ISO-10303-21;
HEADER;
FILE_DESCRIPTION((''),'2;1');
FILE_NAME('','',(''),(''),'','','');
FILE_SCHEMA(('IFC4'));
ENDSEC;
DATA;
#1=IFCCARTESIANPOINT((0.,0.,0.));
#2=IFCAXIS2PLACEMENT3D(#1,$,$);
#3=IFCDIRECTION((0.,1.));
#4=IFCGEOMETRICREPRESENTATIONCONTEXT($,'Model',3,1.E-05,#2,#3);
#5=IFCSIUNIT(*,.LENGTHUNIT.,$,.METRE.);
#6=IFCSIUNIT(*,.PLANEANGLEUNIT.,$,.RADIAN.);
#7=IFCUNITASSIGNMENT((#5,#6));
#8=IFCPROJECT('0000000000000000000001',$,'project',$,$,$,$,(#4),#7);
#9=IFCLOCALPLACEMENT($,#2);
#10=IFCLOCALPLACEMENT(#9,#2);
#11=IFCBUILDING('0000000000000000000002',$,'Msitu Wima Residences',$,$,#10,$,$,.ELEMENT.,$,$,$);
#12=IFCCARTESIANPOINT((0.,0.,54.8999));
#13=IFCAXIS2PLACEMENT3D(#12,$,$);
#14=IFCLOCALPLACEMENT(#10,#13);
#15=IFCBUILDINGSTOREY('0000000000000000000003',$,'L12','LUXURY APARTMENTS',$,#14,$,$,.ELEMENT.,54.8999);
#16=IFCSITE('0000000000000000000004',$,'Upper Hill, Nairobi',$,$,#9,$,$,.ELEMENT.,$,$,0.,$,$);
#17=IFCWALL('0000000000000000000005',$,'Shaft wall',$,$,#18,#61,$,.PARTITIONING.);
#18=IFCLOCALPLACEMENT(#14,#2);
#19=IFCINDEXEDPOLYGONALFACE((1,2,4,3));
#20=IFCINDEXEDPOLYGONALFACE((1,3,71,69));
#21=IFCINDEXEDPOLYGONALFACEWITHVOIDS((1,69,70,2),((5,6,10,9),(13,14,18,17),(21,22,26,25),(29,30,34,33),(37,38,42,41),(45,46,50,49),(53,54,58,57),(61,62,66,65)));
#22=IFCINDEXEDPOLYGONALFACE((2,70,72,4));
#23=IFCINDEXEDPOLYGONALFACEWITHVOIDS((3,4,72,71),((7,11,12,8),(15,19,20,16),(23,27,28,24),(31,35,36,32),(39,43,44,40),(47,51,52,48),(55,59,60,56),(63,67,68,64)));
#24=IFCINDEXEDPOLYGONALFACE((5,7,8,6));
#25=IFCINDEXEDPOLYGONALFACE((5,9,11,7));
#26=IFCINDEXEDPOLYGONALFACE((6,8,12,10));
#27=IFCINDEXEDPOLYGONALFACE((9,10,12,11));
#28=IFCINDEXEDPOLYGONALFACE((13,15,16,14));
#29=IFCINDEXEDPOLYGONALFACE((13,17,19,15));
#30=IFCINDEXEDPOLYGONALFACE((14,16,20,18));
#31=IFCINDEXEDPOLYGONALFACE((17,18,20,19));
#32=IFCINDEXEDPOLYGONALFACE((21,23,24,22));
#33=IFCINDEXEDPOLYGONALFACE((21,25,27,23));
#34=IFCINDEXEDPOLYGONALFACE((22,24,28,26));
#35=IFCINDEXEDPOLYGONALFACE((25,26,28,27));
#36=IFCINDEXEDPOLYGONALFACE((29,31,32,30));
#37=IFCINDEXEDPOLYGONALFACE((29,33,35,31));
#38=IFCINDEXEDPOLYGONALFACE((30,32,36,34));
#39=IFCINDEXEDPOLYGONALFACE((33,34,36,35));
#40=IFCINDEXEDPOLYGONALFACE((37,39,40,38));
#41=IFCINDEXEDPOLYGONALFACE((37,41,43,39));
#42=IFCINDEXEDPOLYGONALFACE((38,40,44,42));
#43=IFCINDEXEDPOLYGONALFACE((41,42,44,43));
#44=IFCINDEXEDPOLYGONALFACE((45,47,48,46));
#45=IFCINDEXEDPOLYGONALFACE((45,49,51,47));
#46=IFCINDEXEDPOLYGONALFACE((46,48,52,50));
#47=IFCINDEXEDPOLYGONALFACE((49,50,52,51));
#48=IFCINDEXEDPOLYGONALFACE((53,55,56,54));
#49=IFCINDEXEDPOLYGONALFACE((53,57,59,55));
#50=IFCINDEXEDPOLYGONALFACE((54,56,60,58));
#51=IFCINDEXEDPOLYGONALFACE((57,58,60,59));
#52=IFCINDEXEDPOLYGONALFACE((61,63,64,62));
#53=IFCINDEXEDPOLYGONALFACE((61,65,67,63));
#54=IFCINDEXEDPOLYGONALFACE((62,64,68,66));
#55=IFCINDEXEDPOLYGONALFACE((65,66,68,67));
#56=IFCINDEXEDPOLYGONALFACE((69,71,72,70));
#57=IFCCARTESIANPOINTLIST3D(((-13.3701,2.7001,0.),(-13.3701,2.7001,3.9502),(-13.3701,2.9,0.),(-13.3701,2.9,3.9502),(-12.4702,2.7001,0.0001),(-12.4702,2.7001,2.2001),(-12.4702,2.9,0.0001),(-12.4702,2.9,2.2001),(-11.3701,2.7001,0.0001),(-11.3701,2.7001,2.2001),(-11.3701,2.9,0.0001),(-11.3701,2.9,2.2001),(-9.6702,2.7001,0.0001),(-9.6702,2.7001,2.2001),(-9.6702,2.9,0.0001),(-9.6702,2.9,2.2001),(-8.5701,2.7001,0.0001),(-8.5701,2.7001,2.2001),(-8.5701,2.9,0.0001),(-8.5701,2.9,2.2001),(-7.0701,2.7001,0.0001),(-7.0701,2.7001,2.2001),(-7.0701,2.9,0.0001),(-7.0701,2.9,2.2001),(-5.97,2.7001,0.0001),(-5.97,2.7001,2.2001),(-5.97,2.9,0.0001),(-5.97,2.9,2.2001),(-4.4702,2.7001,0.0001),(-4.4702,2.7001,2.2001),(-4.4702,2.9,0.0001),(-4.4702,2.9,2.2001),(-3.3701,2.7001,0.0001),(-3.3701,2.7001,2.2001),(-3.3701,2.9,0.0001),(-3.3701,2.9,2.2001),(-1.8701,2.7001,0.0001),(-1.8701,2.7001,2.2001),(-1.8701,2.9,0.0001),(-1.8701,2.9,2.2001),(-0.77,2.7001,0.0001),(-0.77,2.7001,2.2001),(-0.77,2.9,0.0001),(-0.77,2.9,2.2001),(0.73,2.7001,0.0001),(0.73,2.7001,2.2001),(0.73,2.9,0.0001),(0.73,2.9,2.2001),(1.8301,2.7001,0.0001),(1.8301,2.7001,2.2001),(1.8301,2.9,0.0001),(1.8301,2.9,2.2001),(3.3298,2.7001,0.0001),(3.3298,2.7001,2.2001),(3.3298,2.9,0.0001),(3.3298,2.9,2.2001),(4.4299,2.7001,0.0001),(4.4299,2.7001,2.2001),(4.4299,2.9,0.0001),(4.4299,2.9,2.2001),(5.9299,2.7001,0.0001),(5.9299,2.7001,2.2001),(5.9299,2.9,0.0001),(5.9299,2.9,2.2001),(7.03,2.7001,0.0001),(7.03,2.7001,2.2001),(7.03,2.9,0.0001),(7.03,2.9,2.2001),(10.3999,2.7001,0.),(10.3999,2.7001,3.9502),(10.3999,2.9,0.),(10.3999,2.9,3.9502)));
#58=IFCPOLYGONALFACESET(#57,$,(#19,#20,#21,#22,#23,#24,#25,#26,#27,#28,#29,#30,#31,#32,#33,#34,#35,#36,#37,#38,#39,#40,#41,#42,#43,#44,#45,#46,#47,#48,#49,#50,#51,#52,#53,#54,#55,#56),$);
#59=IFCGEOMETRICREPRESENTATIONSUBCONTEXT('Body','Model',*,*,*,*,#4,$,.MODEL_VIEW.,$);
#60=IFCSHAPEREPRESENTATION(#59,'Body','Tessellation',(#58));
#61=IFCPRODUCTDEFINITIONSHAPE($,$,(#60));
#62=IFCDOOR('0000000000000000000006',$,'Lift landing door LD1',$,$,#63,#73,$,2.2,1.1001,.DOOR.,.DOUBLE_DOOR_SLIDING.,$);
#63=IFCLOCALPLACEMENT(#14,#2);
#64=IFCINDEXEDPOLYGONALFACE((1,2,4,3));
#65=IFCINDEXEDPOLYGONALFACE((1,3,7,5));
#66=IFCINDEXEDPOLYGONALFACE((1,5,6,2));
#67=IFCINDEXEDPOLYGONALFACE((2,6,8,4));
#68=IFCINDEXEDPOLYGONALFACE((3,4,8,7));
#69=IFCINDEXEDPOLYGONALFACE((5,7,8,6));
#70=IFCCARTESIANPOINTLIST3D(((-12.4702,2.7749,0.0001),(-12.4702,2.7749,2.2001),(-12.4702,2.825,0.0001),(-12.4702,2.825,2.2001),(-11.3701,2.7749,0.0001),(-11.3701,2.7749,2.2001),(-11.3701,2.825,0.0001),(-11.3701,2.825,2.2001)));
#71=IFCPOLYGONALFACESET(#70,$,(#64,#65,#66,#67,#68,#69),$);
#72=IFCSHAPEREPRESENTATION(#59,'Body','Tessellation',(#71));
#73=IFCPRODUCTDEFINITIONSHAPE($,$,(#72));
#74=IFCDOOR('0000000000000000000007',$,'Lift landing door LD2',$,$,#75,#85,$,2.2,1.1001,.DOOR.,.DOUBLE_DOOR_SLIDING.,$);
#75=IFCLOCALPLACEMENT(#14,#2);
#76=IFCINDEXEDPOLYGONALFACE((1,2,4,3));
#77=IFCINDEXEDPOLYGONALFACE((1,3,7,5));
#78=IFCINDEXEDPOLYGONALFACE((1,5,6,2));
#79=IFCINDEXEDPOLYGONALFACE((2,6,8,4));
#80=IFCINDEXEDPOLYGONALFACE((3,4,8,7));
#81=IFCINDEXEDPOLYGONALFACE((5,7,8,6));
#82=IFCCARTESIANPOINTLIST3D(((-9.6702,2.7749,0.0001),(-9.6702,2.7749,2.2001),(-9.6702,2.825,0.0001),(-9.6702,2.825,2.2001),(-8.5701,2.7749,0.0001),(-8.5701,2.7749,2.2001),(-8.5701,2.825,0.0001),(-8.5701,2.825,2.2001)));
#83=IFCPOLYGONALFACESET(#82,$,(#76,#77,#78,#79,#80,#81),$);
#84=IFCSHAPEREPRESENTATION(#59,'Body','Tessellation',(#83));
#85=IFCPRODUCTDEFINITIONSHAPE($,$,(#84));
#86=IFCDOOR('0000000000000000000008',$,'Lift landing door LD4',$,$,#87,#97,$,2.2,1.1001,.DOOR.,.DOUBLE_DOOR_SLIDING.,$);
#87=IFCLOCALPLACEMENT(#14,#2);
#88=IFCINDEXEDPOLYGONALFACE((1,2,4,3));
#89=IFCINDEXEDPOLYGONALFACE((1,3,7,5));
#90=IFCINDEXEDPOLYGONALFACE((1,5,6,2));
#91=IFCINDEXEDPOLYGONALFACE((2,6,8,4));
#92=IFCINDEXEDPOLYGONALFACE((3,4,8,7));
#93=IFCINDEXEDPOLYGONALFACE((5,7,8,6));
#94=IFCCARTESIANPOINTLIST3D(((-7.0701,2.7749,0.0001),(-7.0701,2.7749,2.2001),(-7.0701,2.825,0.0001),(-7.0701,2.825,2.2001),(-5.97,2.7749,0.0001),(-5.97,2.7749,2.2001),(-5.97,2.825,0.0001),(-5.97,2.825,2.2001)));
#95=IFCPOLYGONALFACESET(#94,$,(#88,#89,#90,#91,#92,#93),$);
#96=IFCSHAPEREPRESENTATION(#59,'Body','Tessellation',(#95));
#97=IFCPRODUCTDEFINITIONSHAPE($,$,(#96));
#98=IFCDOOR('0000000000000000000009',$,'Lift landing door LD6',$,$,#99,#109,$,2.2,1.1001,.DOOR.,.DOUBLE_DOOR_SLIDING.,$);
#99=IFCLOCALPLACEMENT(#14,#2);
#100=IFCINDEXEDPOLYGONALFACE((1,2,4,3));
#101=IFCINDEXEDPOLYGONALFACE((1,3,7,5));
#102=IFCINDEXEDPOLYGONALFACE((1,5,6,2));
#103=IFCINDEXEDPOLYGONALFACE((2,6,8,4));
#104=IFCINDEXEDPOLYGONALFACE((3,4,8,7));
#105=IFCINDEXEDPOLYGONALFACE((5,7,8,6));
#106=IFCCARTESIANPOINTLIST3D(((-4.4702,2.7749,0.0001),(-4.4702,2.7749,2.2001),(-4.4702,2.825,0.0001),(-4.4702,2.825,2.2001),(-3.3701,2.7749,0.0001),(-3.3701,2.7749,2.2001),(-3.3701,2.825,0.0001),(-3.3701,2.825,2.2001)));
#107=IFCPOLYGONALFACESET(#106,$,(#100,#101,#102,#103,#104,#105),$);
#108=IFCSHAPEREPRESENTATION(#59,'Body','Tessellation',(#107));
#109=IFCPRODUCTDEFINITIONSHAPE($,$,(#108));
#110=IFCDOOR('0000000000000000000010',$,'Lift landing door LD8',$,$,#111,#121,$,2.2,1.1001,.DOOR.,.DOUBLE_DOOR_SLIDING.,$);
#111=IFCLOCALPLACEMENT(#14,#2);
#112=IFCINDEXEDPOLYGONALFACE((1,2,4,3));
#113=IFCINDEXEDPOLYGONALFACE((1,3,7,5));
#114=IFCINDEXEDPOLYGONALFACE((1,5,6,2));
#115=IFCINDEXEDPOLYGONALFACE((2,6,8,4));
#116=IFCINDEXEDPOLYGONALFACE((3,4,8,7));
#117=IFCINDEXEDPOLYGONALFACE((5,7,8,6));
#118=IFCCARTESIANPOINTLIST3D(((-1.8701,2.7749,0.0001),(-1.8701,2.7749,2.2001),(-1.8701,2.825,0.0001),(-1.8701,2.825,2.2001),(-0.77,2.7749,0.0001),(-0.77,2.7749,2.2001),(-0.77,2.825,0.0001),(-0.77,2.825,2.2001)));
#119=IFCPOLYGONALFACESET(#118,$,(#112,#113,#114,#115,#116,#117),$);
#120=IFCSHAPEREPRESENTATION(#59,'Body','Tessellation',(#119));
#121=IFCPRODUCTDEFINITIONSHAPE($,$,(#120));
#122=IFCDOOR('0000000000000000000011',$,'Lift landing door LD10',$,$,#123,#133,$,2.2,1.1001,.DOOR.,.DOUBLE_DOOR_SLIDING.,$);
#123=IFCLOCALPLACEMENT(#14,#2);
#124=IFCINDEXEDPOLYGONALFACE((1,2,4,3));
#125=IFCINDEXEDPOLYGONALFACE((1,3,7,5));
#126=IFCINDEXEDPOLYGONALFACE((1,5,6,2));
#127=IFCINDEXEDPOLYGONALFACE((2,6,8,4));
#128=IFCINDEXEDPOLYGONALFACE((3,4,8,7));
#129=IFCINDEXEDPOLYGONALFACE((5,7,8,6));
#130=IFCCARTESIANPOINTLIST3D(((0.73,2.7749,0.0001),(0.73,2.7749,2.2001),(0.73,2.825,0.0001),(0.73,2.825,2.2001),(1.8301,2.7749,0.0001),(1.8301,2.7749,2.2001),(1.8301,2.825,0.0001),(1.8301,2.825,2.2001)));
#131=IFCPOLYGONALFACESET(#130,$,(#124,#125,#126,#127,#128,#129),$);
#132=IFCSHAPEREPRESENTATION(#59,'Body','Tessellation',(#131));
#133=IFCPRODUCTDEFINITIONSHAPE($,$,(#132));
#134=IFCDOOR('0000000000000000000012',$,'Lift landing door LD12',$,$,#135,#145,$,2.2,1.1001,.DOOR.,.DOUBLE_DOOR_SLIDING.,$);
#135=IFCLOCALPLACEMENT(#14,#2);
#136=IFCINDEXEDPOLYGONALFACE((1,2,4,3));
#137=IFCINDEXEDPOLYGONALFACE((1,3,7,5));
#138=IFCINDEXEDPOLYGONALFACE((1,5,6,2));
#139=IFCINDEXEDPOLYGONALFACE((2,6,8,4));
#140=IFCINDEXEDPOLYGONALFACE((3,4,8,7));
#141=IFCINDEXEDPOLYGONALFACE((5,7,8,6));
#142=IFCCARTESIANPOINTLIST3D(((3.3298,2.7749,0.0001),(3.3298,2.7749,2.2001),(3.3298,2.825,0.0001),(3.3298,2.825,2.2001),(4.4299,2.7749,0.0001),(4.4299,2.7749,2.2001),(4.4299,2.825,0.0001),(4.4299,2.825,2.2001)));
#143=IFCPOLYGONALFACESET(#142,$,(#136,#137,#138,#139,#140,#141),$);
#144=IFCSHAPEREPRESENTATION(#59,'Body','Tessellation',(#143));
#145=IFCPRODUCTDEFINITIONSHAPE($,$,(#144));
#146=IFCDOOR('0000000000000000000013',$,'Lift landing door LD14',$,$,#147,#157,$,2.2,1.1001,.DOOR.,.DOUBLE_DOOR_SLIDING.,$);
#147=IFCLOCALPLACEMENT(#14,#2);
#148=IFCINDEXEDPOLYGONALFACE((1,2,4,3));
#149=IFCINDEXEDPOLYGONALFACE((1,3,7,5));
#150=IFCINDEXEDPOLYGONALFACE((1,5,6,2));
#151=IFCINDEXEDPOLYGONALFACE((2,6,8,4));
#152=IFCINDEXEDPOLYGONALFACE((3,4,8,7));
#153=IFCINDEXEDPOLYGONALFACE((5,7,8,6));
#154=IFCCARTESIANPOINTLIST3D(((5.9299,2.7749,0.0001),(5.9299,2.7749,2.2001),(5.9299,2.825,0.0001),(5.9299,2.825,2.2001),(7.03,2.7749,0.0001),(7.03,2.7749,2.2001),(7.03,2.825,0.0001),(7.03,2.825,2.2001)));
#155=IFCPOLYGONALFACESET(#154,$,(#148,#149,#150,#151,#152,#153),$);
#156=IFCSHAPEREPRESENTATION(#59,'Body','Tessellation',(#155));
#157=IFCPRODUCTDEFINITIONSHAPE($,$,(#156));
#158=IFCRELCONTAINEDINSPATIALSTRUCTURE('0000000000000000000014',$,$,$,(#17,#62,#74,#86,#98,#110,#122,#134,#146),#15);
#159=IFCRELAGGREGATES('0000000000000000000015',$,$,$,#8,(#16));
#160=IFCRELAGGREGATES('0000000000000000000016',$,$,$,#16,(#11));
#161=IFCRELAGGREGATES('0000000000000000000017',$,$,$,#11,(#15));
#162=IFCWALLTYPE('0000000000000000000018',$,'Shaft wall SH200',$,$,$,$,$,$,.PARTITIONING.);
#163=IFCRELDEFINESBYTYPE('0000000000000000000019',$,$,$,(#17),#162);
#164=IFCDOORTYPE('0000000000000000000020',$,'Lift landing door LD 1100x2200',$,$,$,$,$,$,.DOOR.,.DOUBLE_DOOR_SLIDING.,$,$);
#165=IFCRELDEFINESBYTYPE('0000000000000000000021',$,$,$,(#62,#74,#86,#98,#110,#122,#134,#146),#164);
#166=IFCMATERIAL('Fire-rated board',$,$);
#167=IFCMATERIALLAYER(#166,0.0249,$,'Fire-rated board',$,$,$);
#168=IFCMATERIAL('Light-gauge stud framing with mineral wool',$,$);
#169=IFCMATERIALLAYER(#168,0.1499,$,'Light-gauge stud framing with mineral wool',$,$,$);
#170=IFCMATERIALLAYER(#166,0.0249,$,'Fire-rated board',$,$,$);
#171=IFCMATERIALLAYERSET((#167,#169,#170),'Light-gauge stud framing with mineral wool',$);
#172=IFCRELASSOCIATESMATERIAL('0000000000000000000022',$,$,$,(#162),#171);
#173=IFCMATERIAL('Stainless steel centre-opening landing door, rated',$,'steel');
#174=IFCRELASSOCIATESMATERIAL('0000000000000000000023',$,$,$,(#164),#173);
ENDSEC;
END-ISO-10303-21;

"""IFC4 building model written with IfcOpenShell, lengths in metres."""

from ifc_helpers import new_model, si_unit, direction, frame, frame_2d, origin, place, context, subcontext, project, spatial, rectangle, extrude, material, layer, layer_set, type_object, element, fill, save


model = new_model("IFC4")

# Units and contexts
model_context = context("Model", 3, precision=1e-05, world=origin(), true_north=direction((0.0, 1.0)))
body_context = subcontext(model_context, "Body", "Model", "MODEL_VIEW")
ifc_project = project(units=[si_unit("LENGTHUNIT", "METRE"), si_unit("PLANEANGLEUNIT", "RADIAN")], contexts=[model_context])

# Site, building, storey
site_placement = place(None, origin())
site = spatial("IfcSite", under=ifc_project, at=site_placement, Name="Upper Hill, Nairobi", CompositionType="ELEMENT", RefElevation=0.0)
building_placement = place(site_placement, origin())
building = spatial("IfcBuilding", under=site, at=building_placement, Name="Msitu Wima Residences", CompositionType="ELEMENT")
storey_placement = place(building_placement, frame((0.0, 0.0, 54.8999)))
storey = spatial("IfcBuildingStorey", under=building, at=storey_placement, Name="L12", Description="LUXURY APARTMENTS", CompositionType="ELEMENT", Elevation=54.8999)

# Shared definitions
ifc_material_1 = material(Name="Fire-rated board")
ifc_layer_1 = layer(ifc_material_1, 0.0249, Name="Fire-rated board")
ifc_material_2 = material(Name="Light-gauge stud framing with mineral wool")
ifc_layer_2 = layer(ifc_material_2, 0.1499, Name="Light-gauge stud framing with mineral wool")
ifc_layer_3 = layer(ifc_material_1, 0.0249, Name="Fire-rated board")
ifc_layer_set_1 = layer_set([ifc_layer_1, ifc_layer_2, ifc_layer_3], Name="Light-gauge stud framing with mineral wool")
wall_type_1 = type_object("IfcWallType", Name="Shaft wall SH200", PredefinedType="PARTITIONING", material=ifc_layer_set_1)

# Wall, openings, doors
wall_1_placement = place(storey_placement, frame((-13.3701, 2.8, 0.0), z_axis=(0.0, 0.0, 1.0), x_axis=(1.0, 0.0, 0.0)))
wall_1 = element("IfcWall", 1, at=wall_1_placement, inside=storey, type_object=wall_type_1, Name="Shaft wall", PredefinedType="PARTITIONING", context=body_context, shape_type="SweptSolid", body=[
    extrude(rectangle(XDim=23.77, YDim=0.2, at=frame_2d((11.885, 0.0))), origin(), (0.0, 0.0, 1.0), 3.9502),
])
opening_1_placement = place(wall_1_placement, frame((0.8999, 0.0, 0.0)))
opening_1 = element("IfcOpeningElement", 2, at=opening_1_placement, cuts=wall_1, PredefinedType="OPENING", context=body_context, shape_type="SweptSolid", body=[
    extrude(rectangle(XDim=1.1001, YDim=2.2, at=frame_2d((0.55, 1.1001))), frame((0.0, 0.1099, 0.0), z_axis=(0.0, -1.0, 0.0), x_axis=(1.0, 0.0, 0.0)), (0.0, 0.0, 1.0), 0.22),
])
opening_2_placement = place(wall_1_placement, frame((3.7, 0.0, 0.0)))
opening_2 = element("IfcOpeningElement", 3, at=opening_2_placement, cuts=wall_1, PredefinedType="OPENING", context=body_context, shape_type="SweptSolid", body=[
    extrude(rectangle(XDim=1.1001, YDim=2.2, at=frame_2d((0.55, 1.1001))), frame((0.0, 0.1099, 0.0), z_axis=(0.0, -1.0, 0.0), x_axis=(1.0, 0.0, 0.0)), (0.0, 0.0, 1.0), 0.22),
])
opening_3_placement = place(wall_1_placement, frame((6.3, 0.0, 0.0)))
opening_3 = element("IfcOpeningElement", 4, at=opening_3_placement, cuts=wall_1, PredefinedType="OPENING", context=body_context, shape_type="SweptSolid", body=[
    extrude(rectangle(XDim=1.1001, YDim=2.2, at=frame_2d((0.55, 1.1001))), frame((0.0, 0.1099, 0.0), z_axis=(0.0, -1.0, 0.0), x_axis=(1.0, 0.0, 0.0)), (0.0, 0.0, 1.0), 0.22),
])
opening_4_placement = place(wall_1_placement, frame((8.8999, 0.0, 0.0)))
opening_4 = element("IfcOpeningElement", 5, at=opening_4_placement, cuts=wall_1, PredefinedType="OPENING", context=body_context, shape_type="SweptSolid", body=[
    extrude(rectangle(XDim=1.1001, YDim=2.2, at=frame_2d((0.55, 1.1001))), frame((0.0, 0.1099, 0.0), z_axis=(0.0, -1.0, 0.0), x_axis=(1.0, 0.0, 0.0)), (0.0, 0.0, 1.0), 0.22),
])
opening_5_placement = place(wall_1_placement, frame((11.5, 0.0, 0.0)))
opening_5 = element("IfcOpeningElement", 6, at=opening_5_placement, cuts=wall_1, PredefinedType="OPENING", context=body_context, shape_type="SweptSolid", body=[
    extrude(rectangle(XDim=1.1001, YDim=2.2, at=frame_2d((0.55, 1.1001))), frame((0.0, 0.1099, 0.0), z_axis=(0.0, -1.0, 0.0), x_axis=(1.0, 0.0, 0.0)), (0.0, 0.0, 1.0), 0.22),
])
opening_6_placement = place(wall_1_placement, frame((14.1001, 0.0, 0.0)))
opening_6 = element("IfcOpeningElement", 7, at=opening_6_placement, cuts=wall_1, PredefinedType="OPENING", context=body_context, shape_type="SweptSolid", body=[
    extrude(rectangle(XDim=1.1001, YDim=2.2, at=frame_2d((0.55, 1.1001))), frame((0.0, 0.1099, 0.0), z_axis=(0.0, -1.0, 0.0), x_axis=(1.0, 0.0, 0.0)), (0.0, 0.0, 1.0), 0.22),
])
opening_7_placement = place(wall_1_placement, frame((16.7, 0.0, 0.0)))
opening_7 = element("IfcOpeningElement", 8, at=opening_7_placement, cuts=wall_1, PredefinedType="OPENING", context=body_context, shape_type="SweptSolid", body=[
    extrude(rectangle(XDim=1.1001, YDim=2.2, at=frame_2d((0.55, 1.1001))), frame((0.0, 0.1099, 0.0), z_axis=(0.0, -1.0, 0.0), x_axis=(1.0, 0.0, 0.0)), (0.0, 0.0, 1.0), 0.22),
])
opening_8_placement = place(wall_1_placement, frame((19.3, 0.0, 0.0)))
opening_8 = element("IfcOpeningElement", 9, at=opening_8_placement, cuts=wall_1, PredefinedType="OPENING", context=body_context, shape_type="SweptSolid", body=[
    extrude(rectangle(XDim=1.1001, YDim=2.2, at=frame_2d((0.55, 1.1001))), frame((0.0, 0.1099, 0.0), z_axis=(0.0, -1.0, 0.0), x_axis=(1.0, 0.0, 0.0)), (0.0, 0.0, 1.0), 0.22),
])
ifc_material_3 = material(Name="Stainless steel centre-opening landing door, rated", Category="steel")
door_type_1 = type_object("IfcDoorType", Name="Lift landing door LD 1100x2200", OperationType="DOUBLE_DOOR_SLIDING", PredefinedType="DOOR", material=ifc_material_3)
door_1_placement = place(opening_1_placement, origin())
door_1 = element("IfcDoor", 10, at=door_1_placement, inside=storey, type_object=door_type_1, Name="Lift landing door LD1", OperationType="DOUBLE_DOOR_SLIDING", OverallHeight=2.2, OverallWidth=1.1001, PredefinedType="DOOR", context=body_context, shape_type="SweptSolid", body=[
    extrude(rectangle(XDim=1.1001, YDim=2.2, at=frame_2d((0.55, 1.1001))), frame((0.0, 0.0249, 0.0), z_axis=(0.0, -1.0, 0.0), x_axis=(1.0, 0.0, 0.0)), (0.0, 0.0, 1.0), 0.05),
])
fill(opening_1, door_1)
door_2_placement = place(opening_2_placement, origin())
door_2 = element("IfcDoor", 11, at=door_2_placement, inside=storey, type_object=door_type_1, Name="Lift landing door LD2", OperationType="DOUBLE_DOOR_SLIDING", OverallHeight=2.2, OverallWidth=1.1001, PredefinedType="DOOR", context=body_context, shape_type="SweptSolid", body=[
    extrude(rectangle(XDim=1.1001, YDim=2.2, at=frame_2d((0.55, 1.1001))), frame((0.0, 0.0249, 0.0), z_axis=(0.0, -1.0, 0.0), x_axis=(1.0, 0.0, 0.0)), (0.0, 0.0, 1.0), 0.05),
])
fill(opening_2, door_2)
door_3_placement = place(opening_3_placement, origin())
door_3 = element("IfcDoor", 12, at=door_3_placement, inside=storey, type_object=door_type_1, Name="Lift landing door LD4", OperationType="DOUBLE_DOOR_SLIDING", OverallHeight=2.2, OverallWidth=1.1001, PredefinedType="DOOR", context=body_context, shape_type="SweptSolid", body=[
    extrude(rectangle(XDim=1.1001, YDim=2.2, at=frame_2d((0.55, 1.1001))), frame((0.0, 0.0249, 0.0), z_axis=(0.0, -1.0, 0.0), x_axis=(1.0, 0.0, 0.0)), (0.0, 0.0, 1.0), 0.05),
])
fill(opening_3, door_3)
door_4_placement = place(opening_4_placement, origin())
door_4 = element("IfcDoor", 13, at=door_4_placement, inside=storey, type_object=door_type_1, Name="Lift landing door LD6", OperationType="DOUBLE_DOOR_SLIDING", OverallHeight=2.2, OverallWidth=1.1001, PredefinedType="DOOR", context=body_context, shape_type="SweptSolid", body=[
    extrude(rectangle(XDim=1.1001, YDim=2.2, at=frame_2d((0.55, 1.1001))), frame((0.0, 0.0249, 0.0), z_axis=(0.0, -1.0, 0.0), x_axis=(1.0, 0.0, 0.0)), (0.0, 0.0, 1.0), 0.05),
])
fill(opening_4, door_4)
door_5_placement = place(opening_5_placement, origin())
door_5 = element("IfcDoor", 14, at=door_5_placement, inside=storey, type_object=door_type_1, Name="Lift landing door LD8", OperationType="DOUBLE_DOOR_SLIDING", OverallHeight=2.2, OverallWidth=1.1001, PredefinedType="DOOR", context=body_context, shape_type="SweptSolid", body=[
    extrude(rectangle(XDim=1.1001, YDim=2.2, at=frame_2d((0.55, 1.1001))), frame((0.0, 0.0249, 0.0), z_axis=(0.0, -1.0, 0.0), x_axis=(1.0, 0.0, 0.0)), (0.0, 0.0, 1.0), 0.05),
])
fill(opening_5, door_5)
door_6_placement = place(opening_6_placement, origin())
door_6 = element("IfcDoor", 15, at=door_6_placement, inside=storey, type_object=door_type_1, Name="Lift landing door LD10", OperationType="DOUBLE_DOOR_SLIDING", OverallHeight=2.2, OverallWidth=1.1001, PredefinedType="DOOR", context=body_context, shape_type="SweptSolid", body=[
    extrude(rectangle(XDim=1.1001, YDim=2.2, at=frame_2d((0.55, 1.1001))), frame((0.0, 0.0249, 0.0), z_axis=(0.0, -1.0, 0.0), x_axis=(1.0, 0.0, 0.0)), (0.0, 0.0, 1.0), 0.05),
])
fill(opening_6, door_6)
door_7_placement = place(opening_7_placement, origin())
door_7 = element("IfcDoor", 16, at=door_7_placement, inside=storey, type_object=door_type_1, Name="Lift landing door LD12", OperationType="DOUBLE_DOOR_SLIDING", OverallHeight=2.2, OverallWidth=1.1001, PredefinedType="DOOR", context=body_context, shape_type="SweptSolid", body=[
    extrude(rectangle(XDim=1.1001, YDim=2.2, at=frame_2d((0.55, 1.1001))), frame((0.0, 0.0249, 0.0), z_axis=(0.0, -1.0, 0.0), x_axis=(1.0, 0.0, 0.0)), (0.0, 0.0, 1.0), 0.05),
])
fill(opening_7, door_7)
door_8_placement = place(opening_8_placement, origin())
door_8 = element("IfcDoor", 17, at=door_8_placement, inside=storey, type_object=door_type_1, Name="Lift landing door LD14", OperationType="DOUBLE_DOOR_SLIDING", OverallHeight=2.2, OverallWidth=1.1001, PredefinedType="DOOR", context=body_context, shape_type="SweptSolid", body=[
    extrude(rectangle(XDim=1.1001, YDim=2.2, at=frame_2d((0.55, 1.1001))), frame((0.0, 0.0249, 0.0), z_axis=(0.0, -1.0, 0.0), x_axis=(1.0, 0.0, 0.0)), (0.0, 0.0, 1.0), 0.05),
])
fill(opening_8, door_8)

save(model, "model.ifc")
